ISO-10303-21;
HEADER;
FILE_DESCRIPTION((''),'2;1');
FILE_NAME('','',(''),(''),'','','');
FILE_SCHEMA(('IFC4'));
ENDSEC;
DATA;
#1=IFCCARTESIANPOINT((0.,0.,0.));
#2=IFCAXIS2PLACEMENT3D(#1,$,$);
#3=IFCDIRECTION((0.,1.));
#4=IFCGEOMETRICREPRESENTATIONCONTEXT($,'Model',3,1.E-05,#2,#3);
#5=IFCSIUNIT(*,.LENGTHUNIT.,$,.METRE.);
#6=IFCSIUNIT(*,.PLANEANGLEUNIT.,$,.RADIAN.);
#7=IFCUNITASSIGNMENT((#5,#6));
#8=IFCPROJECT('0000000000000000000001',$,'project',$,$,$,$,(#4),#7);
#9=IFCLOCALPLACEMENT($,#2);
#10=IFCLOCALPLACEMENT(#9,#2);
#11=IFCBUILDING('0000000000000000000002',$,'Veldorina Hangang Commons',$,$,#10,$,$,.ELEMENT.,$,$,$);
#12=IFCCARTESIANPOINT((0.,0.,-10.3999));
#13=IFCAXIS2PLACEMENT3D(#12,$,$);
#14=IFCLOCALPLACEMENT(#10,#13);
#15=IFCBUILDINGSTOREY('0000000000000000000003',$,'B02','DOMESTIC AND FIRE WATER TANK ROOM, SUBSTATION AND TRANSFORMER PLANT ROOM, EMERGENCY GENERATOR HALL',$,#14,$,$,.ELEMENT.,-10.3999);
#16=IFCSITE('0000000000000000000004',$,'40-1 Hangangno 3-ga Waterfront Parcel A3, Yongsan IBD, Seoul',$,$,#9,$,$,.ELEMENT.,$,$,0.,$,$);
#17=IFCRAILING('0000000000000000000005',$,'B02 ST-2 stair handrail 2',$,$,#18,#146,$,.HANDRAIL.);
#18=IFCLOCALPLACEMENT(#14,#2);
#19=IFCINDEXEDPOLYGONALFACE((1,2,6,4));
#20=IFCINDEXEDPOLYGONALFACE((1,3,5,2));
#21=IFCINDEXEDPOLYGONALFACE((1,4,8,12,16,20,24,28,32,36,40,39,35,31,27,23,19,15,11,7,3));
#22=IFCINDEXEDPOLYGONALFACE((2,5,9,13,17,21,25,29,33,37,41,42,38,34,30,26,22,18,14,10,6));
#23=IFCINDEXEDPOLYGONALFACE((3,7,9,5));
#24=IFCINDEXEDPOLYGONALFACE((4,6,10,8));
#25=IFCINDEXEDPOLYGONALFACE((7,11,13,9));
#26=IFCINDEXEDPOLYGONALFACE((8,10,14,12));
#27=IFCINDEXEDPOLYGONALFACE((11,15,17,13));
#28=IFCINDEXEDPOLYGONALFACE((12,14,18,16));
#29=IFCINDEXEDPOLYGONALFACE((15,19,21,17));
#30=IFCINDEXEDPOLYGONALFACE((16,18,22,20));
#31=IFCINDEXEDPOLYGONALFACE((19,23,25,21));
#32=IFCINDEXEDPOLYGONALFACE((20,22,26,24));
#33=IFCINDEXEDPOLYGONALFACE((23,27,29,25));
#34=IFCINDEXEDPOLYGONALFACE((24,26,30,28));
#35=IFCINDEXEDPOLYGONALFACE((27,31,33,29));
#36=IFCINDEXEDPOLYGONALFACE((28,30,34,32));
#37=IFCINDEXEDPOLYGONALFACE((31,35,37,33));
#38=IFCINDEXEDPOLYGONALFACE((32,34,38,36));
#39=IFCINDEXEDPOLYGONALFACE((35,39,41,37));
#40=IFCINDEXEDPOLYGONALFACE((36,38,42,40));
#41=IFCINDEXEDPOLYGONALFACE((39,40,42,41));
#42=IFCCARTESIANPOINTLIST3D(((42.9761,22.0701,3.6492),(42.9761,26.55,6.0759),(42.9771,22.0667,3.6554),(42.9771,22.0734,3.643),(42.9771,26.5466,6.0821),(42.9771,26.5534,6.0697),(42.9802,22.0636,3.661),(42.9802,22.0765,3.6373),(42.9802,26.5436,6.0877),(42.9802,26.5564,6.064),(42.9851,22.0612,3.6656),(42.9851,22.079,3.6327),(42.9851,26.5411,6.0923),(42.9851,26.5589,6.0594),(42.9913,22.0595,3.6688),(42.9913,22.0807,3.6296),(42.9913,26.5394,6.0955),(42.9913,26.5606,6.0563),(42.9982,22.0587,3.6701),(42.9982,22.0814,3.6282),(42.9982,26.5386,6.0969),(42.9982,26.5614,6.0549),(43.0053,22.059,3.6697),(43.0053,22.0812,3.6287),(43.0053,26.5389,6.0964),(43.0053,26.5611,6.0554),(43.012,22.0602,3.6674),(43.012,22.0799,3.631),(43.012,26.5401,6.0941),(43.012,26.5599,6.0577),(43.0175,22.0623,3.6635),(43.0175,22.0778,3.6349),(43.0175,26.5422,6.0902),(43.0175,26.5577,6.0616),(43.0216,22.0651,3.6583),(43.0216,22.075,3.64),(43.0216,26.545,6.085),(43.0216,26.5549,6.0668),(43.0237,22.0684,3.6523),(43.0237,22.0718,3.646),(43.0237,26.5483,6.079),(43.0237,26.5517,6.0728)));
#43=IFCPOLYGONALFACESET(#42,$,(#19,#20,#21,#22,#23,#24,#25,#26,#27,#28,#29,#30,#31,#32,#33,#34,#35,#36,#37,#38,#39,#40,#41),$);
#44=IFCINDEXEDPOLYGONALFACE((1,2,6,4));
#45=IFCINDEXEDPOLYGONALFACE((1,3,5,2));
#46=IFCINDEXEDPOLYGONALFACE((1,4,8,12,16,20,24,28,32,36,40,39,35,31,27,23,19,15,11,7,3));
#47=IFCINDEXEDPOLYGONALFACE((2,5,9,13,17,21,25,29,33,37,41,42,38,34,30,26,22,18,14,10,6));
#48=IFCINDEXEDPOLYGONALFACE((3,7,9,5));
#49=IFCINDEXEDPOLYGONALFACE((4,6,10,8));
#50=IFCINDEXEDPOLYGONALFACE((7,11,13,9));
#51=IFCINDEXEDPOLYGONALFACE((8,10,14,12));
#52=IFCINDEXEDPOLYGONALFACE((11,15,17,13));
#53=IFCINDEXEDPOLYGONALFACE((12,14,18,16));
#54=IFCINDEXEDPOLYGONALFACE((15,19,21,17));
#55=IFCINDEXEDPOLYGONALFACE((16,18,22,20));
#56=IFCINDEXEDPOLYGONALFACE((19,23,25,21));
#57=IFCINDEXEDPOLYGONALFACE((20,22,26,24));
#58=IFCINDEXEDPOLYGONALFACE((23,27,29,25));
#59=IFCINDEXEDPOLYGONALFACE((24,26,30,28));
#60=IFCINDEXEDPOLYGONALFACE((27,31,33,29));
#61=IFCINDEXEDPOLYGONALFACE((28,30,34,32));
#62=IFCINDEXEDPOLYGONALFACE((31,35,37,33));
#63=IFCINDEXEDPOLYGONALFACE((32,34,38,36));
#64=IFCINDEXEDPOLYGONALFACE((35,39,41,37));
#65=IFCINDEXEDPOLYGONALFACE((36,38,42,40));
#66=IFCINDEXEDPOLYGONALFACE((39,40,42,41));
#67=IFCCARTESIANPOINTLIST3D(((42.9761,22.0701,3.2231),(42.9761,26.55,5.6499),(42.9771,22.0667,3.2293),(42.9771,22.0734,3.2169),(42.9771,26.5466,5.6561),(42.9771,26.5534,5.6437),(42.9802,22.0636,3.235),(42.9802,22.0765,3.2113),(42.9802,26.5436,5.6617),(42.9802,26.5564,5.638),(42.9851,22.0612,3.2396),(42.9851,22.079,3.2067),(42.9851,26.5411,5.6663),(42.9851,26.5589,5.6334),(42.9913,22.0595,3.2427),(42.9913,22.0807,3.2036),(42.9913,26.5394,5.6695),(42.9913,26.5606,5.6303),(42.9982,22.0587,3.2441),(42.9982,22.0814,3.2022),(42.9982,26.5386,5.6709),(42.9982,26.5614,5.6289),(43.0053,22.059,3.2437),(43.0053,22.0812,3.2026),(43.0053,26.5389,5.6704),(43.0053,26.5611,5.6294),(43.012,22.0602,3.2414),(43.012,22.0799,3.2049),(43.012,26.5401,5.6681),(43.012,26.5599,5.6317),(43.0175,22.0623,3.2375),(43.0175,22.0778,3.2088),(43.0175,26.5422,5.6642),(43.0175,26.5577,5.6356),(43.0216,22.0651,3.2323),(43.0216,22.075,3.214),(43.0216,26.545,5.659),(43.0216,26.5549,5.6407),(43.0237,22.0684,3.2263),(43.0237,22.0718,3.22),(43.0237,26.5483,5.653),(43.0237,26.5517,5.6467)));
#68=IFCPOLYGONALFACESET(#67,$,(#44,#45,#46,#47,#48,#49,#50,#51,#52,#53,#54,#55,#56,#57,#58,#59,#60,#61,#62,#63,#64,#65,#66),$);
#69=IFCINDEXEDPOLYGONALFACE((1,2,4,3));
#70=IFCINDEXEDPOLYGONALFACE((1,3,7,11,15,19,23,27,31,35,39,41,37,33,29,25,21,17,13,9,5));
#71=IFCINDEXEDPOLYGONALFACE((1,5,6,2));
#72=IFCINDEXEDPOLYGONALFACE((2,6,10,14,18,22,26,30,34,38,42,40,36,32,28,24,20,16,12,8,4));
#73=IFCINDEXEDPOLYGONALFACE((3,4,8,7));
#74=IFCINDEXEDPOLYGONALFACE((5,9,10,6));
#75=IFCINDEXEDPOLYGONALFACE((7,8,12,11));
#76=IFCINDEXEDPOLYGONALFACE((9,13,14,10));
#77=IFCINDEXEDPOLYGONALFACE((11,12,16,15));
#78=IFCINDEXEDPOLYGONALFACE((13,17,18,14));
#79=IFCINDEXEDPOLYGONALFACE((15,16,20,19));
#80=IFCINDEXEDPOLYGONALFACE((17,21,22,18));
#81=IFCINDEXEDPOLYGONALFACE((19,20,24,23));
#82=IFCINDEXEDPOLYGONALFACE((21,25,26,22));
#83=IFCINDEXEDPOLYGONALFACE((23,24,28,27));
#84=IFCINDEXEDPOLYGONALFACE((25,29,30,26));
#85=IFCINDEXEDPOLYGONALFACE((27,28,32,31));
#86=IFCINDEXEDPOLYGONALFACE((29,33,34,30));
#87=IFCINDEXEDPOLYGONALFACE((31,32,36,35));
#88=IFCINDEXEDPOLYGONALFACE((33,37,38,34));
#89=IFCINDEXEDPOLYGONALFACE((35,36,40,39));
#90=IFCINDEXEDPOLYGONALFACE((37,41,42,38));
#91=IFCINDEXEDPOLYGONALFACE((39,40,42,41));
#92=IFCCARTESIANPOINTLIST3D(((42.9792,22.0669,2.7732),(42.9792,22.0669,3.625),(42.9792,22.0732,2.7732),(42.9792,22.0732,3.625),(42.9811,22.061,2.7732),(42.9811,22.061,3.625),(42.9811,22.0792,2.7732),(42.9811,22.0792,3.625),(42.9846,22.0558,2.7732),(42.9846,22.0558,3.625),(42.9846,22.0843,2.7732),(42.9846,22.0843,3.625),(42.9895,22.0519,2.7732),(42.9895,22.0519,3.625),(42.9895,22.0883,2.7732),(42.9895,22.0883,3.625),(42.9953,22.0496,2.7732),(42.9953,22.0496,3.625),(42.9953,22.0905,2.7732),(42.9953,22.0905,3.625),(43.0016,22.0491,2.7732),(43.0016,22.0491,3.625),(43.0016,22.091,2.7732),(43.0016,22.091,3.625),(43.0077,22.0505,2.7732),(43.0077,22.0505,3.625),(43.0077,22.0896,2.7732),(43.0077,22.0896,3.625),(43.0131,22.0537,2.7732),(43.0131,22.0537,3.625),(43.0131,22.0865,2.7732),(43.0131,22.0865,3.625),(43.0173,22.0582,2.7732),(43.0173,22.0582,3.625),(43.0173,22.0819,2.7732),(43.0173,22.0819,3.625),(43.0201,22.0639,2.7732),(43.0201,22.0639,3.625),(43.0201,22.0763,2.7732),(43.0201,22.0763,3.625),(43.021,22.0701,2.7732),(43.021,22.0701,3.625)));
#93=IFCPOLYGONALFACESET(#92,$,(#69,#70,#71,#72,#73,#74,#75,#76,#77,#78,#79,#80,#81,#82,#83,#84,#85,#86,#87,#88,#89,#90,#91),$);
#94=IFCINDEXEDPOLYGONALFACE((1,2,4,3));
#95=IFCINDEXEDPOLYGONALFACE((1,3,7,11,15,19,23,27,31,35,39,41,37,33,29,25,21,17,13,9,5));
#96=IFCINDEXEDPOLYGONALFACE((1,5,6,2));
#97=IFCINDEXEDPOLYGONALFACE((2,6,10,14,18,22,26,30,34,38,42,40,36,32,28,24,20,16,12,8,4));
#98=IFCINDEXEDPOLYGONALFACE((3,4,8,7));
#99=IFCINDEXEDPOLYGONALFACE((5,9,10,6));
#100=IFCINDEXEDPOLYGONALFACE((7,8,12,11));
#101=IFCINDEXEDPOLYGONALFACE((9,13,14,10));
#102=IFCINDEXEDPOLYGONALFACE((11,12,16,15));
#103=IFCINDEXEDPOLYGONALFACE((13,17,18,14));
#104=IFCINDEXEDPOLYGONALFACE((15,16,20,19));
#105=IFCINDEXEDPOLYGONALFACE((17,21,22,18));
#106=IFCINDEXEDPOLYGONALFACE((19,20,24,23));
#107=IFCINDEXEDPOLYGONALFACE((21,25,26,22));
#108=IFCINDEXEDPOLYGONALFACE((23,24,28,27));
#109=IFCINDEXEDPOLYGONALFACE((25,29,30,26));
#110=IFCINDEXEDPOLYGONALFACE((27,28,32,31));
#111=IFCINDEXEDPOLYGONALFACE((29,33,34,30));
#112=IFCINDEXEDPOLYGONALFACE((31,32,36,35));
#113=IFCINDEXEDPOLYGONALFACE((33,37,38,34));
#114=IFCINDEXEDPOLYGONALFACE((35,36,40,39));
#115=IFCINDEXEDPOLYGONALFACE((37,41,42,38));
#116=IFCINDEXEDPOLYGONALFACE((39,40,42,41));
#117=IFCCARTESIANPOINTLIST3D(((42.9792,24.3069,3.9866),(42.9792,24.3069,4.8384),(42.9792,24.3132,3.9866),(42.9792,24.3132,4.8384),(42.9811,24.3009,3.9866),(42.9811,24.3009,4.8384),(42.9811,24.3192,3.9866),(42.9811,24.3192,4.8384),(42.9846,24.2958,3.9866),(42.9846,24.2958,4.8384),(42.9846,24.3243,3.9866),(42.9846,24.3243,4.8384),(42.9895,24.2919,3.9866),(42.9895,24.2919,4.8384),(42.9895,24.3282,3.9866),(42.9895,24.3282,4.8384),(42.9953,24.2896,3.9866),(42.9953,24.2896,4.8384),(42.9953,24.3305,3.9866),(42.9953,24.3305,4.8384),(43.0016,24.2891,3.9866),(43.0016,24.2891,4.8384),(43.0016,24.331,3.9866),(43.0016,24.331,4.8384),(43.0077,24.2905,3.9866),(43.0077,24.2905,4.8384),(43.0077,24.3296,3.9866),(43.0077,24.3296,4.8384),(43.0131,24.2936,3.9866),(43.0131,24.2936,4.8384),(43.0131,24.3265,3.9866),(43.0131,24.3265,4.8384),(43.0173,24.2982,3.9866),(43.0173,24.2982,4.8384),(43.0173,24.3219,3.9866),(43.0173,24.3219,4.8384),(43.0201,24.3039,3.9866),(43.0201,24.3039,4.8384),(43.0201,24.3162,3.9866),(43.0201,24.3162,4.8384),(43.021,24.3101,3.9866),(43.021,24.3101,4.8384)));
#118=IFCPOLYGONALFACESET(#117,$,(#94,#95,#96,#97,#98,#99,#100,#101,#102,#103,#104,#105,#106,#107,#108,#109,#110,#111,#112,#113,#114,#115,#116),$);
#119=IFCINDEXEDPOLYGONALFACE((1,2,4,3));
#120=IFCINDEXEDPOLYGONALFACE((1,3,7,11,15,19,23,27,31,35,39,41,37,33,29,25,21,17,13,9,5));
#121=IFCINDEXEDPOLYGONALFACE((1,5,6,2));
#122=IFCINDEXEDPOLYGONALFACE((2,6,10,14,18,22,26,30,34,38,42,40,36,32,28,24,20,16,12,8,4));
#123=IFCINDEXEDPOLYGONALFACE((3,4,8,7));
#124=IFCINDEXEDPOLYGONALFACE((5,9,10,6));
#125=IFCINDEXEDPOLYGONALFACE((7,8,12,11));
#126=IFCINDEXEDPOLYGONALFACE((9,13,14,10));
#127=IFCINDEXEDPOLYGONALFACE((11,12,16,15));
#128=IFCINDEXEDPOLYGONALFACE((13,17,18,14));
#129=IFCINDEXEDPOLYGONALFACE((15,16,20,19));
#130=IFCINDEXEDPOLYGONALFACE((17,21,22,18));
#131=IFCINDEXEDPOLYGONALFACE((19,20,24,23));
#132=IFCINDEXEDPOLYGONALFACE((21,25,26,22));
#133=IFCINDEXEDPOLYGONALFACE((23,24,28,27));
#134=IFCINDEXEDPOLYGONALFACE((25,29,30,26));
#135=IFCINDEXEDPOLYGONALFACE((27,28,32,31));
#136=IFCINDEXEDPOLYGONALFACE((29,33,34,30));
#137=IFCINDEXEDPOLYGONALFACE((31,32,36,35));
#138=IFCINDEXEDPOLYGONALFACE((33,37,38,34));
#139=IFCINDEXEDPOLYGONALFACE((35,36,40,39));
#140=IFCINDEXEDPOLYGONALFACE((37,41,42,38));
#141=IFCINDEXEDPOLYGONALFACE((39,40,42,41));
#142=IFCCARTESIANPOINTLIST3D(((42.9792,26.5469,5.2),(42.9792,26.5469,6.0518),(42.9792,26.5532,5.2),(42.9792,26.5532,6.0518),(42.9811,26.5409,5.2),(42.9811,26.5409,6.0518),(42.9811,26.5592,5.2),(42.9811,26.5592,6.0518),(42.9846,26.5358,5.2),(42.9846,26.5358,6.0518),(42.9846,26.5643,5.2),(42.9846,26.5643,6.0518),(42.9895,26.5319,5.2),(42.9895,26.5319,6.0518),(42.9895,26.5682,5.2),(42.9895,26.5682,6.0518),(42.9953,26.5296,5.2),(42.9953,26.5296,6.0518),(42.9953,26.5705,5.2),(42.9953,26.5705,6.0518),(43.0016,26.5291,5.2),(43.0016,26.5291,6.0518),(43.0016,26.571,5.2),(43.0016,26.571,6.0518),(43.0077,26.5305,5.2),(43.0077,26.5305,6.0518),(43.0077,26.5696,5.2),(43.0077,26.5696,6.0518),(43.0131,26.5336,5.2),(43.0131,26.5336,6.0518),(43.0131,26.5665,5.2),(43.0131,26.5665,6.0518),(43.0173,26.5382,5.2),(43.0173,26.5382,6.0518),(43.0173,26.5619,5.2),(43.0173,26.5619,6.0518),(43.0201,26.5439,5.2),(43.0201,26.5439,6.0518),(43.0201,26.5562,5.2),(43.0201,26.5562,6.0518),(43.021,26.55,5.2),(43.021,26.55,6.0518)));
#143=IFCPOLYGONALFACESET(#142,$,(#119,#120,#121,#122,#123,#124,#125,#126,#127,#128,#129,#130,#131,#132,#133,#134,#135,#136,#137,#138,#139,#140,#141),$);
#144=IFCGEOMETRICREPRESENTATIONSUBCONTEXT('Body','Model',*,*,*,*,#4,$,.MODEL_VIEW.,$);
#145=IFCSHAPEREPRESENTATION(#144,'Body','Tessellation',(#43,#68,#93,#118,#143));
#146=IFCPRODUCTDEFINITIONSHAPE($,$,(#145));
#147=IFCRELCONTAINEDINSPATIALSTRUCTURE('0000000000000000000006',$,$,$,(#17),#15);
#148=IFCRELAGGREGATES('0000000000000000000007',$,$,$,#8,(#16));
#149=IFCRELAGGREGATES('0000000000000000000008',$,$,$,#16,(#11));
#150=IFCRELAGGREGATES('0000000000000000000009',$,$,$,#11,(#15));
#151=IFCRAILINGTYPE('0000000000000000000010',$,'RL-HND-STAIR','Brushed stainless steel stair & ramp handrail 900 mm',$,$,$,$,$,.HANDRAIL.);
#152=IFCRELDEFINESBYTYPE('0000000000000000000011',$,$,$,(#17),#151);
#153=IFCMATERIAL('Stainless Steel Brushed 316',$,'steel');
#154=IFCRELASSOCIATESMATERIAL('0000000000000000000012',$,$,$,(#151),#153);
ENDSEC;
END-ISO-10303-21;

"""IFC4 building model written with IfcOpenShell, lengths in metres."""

from ifc_helpers import new_model, si_unit, direction, frame, origin, origin_2d, place, context, subcontext, project, spatial, circle, extrude, material, type_object, element, save


model = new_model("IFC4")

# Units and contexts
model_context = context("Model", 3, precision=1e-05, world=origin(), true_north=direction((0.0, 1.0)))
body_context = subcontext(model_context, "Body", "Model", "MODEL_VIEW")
ifc_project = project(units=[si_unit("LENGTHUNIT", "METRE"), si_unit("PLANEANGLEUNIT", "RADIAN")], contexts=[model_context])

# Site, building, storey
site_placement = place(None, origin())
site = spatial("IfcSite", under=ifc_project, at=site_placement, Name="40-1 Hangangno 3-ga Waterfront Parcel A3, Yongsan IBD, Seoul", CompositionType="ELEMENT", RefElevation=0.0)
building_placement = place(site_placement, origin())
building = spatial("IfcBuilding", under=site, at=building_placement, Name="Veldorina Hangang Commons", CompositionType="ELEMENT")
storey_placement = place(building_placement, frame((0.0, 0.0, -10.3999)))
storey = spatial("IfcBuildingStorey", under=building, at=storey_placement, Name="B02", Description="DOMESTIC AND FIRE WATER TANK ROOM, SUBSTATION AND TRANSFORMER PLANT ROOM, EMERGENCY GENERATOR HALL", CompositionType="ELEMENT", Elevation=-10.3999)

# Railing
ifc_material_1 = material(Name="Stainless Steel Brushed 316", Category="steel")
railing_type_1 = type_object("IfcRailingType", Name="RL-HND-STAIR", Description="Brushed stainless steel stair & ramp handrail 900 mm", PredefinedType="HANDRAIL", material=ifc_material_1)
railing_1_placement = place(storey_placement, frame((43.0, 22.0701, 2.7732)))
element("IfcRailing", 1, at=railing_1_placement, inside=storey, type_object=railing_type_1, Name="B02 ST-2 stair handrail 2", PredefinedType="HANDRAIL", context=body_context, shape_type="SweptSolid", body=[
    extrude(circle(Radius=0.0239, at=origin_2d()), frame((0.0, 0.0, 0.876), z_axis=(0.0, 0.879284, 0.476299), x_axis=(-1.0, 0.0, 0.0)), (0.0, 0.0, 1.0), 5.095),
    extrude(circle(Radius=0.0239, at=origin_2d()), frame((0.0, 0.0, 0.45), z_axis=(0.0, 0.879284, 0.476299), x_axis=(-1.0, 0.0, 0.0)), (0.0, 0.0, 1.0), 5.095),
    extrude(circle(Radius=0.021, at=origin_2d()), origin(), (0.0, 0.0, 1.0), 0.8518),
    extrude(circle(Radius=0.021, at=origin_2d()), frame((0.0, 2.24, 1.2134)), (0.0, 0.0, 1.0), 0.8518),
    extrude(circle(Radius=0.021, at=origin_2d()), frame((0.0, 4.48, 2.4268)), (0.0, 0.0, 1.0), 0.8518),
])

save(model, "model.ifc")
